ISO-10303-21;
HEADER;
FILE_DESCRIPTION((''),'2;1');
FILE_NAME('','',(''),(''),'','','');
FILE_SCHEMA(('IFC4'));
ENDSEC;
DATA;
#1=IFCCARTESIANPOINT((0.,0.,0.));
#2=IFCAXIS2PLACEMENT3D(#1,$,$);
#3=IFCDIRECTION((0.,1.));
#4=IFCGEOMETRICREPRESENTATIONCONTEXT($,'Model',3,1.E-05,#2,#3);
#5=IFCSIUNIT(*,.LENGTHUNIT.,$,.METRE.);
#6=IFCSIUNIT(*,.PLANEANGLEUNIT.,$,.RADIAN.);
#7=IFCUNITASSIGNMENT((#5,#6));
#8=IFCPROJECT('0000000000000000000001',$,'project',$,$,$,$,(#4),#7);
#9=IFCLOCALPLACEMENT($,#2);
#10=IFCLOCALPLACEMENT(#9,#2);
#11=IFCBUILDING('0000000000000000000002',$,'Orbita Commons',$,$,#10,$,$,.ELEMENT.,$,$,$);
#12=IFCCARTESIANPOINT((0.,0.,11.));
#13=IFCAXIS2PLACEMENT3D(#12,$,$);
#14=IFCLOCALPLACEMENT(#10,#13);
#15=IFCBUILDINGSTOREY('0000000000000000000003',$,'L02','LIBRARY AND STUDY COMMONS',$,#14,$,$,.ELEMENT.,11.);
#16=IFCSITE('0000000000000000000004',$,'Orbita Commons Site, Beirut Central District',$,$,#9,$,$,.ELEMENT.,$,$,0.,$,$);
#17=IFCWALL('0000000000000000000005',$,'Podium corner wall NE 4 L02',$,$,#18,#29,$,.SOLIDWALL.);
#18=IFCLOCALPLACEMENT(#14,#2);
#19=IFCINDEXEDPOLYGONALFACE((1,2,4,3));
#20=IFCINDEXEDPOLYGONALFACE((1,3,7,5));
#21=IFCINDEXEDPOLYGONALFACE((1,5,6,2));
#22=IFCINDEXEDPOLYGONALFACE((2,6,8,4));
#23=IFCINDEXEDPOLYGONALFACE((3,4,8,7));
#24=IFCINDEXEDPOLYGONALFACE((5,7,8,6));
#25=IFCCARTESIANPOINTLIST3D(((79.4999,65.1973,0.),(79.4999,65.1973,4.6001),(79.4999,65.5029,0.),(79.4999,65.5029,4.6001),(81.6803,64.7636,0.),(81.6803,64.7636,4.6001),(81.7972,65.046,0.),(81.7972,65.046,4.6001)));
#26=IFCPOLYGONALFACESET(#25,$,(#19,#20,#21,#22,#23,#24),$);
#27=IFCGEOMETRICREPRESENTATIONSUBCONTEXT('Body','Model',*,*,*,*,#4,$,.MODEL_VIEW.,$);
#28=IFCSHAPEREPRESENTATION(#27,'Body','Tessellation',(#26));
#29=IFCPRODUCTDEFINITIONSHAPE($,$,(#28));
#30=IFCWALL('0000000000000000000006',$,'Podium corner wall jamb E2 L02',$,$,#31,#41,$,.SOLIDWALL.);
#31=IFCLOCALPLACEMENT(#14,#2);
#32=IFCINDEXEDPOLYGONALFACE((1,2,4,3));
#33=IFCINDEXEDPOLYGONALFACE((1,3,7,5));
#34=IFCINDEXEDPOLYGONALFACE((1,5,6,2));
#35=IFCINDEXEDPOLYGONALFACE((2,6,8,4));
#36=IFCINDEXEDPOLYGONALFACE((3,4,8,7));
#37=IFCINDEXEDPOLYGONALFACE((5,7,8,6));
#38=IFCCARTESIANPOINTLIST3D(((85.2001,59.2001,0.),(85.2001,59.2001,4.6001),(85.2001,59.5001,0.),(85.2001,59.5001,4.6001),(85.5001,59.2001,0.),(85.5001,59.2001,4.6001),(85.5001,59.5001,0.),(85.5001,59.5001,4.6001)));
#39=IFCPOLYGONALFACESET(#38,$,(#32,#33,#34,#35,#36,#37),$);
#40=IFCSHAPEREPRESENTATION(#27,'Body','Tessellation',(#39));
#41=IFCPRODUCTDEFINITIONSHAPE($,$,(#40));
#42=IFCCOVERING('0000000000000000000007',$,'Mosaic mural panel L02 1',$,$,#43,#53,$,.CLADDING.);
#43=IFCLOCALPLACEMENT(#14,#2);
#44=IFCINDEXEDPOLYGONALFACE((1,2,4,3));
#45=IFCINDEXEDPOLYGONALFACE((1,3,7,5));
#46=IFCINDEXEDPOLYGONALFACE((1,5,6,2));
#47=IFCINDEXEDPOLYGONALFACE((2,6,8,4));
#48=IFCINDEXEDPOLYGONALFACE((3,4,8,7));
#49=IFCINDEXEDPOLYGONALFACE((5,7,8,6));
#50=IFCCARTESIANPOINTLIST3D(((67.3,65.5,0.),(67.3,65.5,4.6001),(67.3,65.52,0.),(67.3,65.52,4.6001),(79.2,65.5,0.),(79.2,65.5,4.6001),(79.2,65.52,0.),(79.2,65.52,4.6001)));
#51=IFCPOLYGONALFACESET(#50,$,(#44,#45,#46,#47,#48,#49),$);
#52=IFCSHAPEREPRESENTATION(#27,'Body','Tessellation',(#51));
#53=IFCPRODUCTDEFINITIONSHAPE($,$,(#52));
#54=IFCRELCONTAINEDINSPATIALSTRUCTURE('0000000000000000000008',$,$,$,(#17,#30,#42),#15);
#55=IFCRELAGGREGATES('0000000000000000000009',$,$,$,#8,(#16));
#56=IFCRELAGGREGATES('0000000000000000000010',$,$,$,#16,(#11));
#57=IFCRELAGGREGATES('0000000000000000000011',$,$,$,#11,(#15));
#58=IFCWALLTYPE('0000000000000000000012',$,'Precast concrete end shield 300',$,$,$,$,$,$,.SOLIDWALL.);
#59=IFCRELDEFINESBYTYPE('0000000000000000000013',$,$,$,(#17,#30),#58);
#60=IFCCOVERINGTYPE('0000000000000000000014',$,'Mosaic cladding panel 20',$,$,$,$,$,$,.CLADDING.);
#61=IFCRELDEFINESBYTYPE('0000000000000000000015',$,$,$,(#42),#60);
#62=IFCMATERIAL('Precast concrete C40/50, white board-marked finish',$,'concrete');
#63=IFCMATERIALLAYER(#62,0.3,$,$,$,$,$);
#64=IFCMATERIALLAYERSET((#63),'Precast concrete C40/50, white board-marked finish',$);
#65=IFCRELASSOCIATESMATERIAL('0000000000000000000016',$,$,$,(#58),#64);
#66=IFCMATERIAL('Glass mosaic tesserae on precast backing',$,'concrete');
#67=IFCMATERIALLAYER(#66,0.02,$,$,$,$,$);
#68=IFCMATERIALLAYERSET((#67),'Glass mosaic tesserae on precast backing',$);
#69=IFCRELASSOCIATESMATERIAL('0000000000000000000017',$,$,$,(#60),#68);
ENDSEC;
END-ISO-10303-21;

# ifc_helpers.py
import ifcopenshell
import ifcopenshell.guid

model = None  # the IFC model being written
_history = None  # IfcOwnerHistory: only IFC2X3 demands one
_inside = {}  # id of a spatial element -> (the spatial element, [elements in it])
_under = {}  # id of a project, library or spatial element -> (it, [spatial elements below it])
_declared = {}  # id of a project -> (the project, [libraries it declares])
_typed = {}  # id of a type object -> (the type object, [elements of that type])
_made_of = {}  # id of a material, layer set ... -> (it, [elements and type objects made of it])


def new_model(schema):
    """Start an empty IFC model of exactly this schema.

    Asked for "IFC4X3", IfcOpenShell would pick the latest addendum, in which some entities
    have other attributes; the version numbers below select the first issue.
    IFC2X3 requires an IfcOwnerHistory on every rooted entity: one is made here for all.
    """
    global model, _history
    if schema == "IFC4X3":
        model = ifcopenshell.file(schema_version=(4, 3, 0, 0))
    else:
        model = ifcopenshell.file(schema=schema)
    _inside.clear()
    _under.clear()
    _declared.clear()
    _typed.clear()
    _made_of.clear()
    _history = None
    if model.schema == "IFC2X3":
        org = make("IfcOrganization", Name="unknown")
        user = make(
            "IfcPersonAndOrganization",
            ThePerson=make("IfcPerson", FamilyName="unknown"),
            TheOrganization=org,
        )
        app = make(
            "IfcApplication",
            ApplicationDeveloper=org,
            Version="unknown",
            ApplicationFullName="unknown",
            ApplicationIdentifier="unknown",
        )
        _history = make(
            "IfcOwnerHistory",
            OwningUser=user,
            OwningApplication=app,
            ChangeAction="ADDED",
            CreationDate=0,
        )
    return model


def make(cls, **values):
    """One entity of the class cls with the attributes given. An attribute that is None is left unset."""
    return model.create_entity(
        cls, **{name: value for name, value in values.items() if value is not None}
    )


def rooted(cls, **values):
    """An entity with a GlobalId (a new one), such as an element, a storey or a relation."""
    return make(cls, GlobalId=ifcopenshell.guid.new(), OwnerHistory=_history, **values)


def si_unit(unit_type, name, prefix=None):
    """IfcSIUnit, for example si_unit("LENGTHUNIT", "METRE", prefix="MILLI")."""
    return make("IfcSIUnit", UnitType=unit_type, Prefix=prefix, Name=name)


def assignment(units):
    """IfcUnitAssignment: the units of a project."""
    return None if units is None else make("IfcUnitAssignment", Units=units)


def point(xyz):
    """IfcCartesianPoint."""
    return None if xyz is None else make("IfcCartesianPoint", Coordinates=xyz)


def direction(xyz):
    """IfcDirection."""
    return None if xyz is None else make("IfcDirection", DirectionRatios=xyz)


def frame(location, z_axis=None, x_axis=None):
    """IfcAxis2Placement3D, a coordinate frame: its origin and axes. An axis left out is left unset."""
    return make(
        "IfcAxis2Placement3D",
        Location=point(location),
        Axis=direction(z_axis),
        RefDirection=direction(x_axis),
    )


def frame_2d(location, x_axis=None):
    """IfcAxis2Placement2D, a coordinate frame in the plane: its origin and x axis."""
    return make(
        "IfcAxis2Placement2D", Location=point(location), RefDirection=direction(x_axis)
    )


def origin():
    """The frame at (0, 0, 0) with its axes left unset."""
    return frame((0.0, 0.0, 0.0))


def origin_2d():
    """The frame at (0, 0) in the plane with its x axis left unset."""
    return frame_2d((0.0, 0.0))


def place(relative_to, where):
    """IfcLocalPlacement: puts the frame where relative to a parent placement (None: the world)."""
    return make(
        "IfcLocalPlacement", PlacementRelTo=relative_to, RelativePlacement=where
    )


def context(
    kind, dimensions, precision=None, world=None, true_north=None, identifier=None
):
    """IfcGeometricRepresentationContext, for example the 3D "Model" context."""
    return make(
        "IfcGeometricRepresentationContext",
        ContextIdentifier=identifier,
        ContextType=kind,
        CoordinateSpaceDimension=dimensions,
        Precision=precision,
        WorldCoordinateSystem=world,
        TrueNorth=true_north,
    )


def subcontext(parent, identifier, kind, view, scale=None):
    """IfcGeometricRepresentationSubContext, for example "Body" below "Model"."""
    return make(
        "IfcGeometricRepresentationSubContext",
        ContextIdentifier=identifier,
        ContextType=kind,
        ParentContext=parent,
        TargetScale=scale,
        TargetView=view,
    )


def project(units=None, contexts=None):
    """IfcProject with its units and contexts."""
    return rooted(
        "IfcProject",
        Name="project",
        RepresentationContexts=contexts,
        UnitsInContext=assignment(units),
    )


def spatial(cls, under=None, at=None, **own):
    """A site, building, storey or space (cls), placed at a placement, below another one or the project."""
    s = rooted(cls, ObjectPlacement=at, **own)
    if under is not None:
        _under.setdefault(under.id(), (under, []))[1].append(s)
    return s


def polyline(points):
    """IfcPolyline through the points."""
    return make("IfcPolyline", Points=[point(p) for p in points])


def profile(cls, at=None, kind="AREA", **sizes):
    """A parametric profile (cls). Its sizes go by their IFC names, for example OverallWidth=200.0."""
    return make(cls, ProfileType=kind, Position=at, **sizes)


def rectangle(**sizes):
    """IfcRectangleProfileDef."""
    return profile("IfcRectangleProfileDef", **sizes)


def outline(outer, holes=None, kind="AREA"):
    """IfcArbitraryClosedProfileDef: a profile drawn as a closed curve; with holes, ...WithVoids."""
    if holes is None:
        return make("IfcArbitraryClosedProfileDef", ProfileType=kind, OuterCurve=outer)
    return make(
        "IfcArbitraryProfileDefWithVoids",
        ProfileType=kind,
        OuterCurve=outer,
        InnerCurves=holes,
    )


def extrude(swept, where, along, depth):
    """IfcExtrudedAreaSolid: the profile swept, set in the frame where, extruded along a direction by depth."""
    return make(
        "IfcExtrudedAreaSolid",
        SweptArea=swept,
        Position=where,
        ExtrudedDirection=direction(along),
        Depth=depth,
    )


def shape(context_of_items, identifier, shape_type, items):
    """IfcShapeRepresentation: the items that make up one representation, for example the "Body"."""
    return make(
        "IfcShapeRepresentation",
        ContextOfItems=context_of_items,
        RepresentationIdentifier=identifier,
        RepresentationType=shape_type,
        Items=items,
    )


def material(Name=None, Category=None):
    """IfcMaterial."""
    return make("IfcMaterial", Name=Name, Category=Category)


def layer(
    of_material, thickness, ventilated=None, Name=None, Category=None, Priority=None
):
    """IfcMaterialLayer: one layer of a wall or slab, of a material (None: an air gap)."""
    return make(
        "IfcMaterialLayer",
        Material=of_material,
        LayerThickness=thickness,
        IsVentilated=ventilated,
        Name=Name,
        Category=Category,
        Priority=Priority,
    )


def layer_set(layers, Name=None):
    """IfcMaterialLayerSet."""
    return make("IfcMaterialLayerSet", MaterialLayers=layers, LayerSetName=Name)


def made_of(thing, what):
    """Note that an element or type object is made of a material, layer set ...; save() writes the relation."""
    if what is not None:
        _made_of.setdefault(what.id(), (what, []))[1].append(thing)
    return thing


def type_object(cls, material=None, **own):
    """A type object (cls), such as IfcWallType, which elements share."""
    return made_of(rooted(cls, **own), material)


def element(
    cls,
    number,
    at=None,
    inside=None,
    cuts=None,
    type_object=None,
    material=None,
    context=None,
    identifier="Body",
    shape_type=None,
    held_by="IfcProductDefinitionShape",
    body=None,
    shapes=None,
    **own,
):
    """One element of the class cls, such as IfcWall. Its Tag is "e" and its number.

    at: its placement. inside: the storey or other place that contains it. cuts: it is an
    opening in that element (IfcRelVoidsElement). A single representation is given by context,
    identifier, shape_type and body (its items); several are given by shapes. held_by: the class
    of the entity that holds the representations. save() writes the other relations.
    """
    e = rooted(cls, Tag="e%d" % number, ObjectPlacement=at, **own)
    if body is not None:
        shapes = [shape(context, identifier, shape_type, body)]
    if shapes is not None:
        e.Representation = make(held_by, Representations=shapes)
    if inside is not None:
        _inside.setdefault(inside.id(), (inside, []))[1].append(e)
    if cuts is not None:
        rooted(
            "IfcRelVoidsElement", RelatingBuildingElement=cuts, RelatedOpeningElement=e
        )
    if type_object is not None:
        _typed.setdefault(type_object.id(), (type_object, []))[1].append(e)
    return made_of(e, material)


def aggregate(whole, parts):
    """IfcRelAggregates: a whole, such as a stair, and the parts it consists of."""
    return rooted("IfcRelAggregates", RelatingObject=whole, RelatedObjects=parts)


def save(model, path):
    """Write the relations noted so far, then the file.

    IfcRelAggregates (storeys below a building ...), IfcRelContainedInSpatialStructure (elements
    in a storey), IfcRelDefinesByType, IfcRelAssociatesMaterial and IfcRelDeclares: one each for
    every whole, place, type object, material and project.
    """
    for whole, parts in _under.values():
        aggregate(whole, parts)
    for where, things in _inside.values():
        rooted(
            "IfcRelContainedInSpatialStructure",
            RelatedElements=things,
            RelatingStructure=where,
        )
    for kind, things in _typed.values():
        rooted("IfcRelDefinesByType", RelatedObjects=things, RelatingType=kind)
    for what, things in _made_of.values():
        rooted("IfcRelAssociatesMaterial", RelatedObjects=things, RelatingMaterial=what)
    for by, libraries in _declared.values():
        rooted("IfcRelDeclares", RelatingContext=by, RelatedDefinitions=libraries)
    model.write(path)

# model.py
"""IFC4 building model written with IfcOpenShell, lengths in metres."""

from ifc_helpers import new_model, si_unit, direction, frame, frame_2d, origin, origin_2d, place, context, subcontext, project, spatial, polyline, rectangle, outline, extrude, material, layer, layer_set, type_object, element, save


model = new_model("IFC4")

# Units and contexts
model_context = context("Model", 3, precision=1e-05, world=origin(), true_north=direction((0.0, 1.0)))
body_context = subcontext(model_context, "Body", "Model", "MODEL_VIEW")
ifc_project = project(units=[si_unit("LENGTHUNIT", "METRE"), si_unit("PLANEANGLEUNIT", "RADIAN")], contexts=[model_context])

# Site, building, storey
site_placement = place(None, origin())
site = spatial("IfcSite", under=ifc_project, at=site_placement, Name="Orbita Commons Site, Beirut Central District", CompositionType="ELEMENT", RefElevation=0.0)
building_placement = place(site_placement, origin())
building = spatial("IfcBuilding", under=site, at=building_placement, Name="Orbita Commons", CompositionType="ELEMENT")
storey_placement = place(building_placement, frame((0.0, 0.0, 11.0)))
storey = spatial("IfcBuildingStorey", under=building, at=storey_placement, Name="L02", Description="LIBRARY AND STUDY COMMONS", CompositionType="ELEMENT", Elevation=11.0)

# Walls
ifc_material_1 = material(Name="Precast concrete C40/50, white board-marked finish", Category="concrete")
ifc_layer_1 = layer(ifc_material_1, 0.3)
ifc_layer_set_1 = layer_set([ifc_layer_1], Name="Precast concrete C40/50, white board-marked finish")
wall_type = type_object("IfcWallType", Name="Precast concrete end shield 300", PredefinedType="SOLIDWALL", material=ifc_layer_set_1)
wall_1_placement = place(storey_placement, frame((81.7388, 64.9048, 0.0), z_axis=(0.0, 0.0, 1.0), x_axis=(-0.980786, 0.195088, 0.0)))
element("IfcWall", 1, at=wall_1_placement, inside=storey, type_object=wall_type, Name="Podium corner wall NE 4 L02", PredefinedType="SOLIDWALL", context=body_context, shape_type="SweptSolid", body=[
    extrude(outline(polyline([(-0.0298, -0.1499), (2.3125, -0.1499), (2.2529, 0.1499), (0.0298, 0.1499), (-0.0298, -0.1499)])), origin(), (0.0, 0.0, 1.0), 4.6001),
])
wall_2_placement = place(storey_placement, frame((85.3501, 59.5, 0.0), z_axis=(0.0, 0.0, 1.0), x_axis=(0.0, -1.0, 0.0)))
element("IfcWall", 2, at=wall_2_placement, inside=storey, type_object=wall_type, Name="Podium corner wall jamb E2 L02", PredefinedType="SOLIDWALL", context=body_context, shape_type="SweptSolid", body=[
    extrude(rectangle(XDim=0.3, YDim=0.3, at=frame_2d((0.1499, 0.0))), origin(), (0.0, 0.0, 1.0), 4.6001),
])

# Covering
ifc_material_2 = material(Name="Glass mosaic tesserae on precast backing", Category="concrete")
ifc_layer_2 = layer(ifc_material_2, 0.02)
ifc_layer_set_2 = layer_set([ifc_layer_2], Name="Glass mosaic tesserae on precast backing")
covering_type = type_object("IfcCoveringType", Name="Mosaic cladding panel 20", PredefinedType="CLADDING", material=ifc_layer_set_2)
covering_placement = place(storey_placement, frame((73.25, 65.51, 0.0), z_axis=(0.0, 0.0, 1.0), x_axis=(1.0, 0.0, 0.0)))
element("IfcCovering", 3, at=covering_placement, inside=storey, type_object=covering_type, Name="Mosaic mural panel L02 1", PredefinedType="CLADDING", context=body_context, shape_type="SweptSolid", body=[
    extrude(rectangle(XDim=11.8999, YDim=0.02, at=origin_2d()), origin(), (0.0, 0.0, 1.0), 4.6001),
])

save(model, "model.ifc")
